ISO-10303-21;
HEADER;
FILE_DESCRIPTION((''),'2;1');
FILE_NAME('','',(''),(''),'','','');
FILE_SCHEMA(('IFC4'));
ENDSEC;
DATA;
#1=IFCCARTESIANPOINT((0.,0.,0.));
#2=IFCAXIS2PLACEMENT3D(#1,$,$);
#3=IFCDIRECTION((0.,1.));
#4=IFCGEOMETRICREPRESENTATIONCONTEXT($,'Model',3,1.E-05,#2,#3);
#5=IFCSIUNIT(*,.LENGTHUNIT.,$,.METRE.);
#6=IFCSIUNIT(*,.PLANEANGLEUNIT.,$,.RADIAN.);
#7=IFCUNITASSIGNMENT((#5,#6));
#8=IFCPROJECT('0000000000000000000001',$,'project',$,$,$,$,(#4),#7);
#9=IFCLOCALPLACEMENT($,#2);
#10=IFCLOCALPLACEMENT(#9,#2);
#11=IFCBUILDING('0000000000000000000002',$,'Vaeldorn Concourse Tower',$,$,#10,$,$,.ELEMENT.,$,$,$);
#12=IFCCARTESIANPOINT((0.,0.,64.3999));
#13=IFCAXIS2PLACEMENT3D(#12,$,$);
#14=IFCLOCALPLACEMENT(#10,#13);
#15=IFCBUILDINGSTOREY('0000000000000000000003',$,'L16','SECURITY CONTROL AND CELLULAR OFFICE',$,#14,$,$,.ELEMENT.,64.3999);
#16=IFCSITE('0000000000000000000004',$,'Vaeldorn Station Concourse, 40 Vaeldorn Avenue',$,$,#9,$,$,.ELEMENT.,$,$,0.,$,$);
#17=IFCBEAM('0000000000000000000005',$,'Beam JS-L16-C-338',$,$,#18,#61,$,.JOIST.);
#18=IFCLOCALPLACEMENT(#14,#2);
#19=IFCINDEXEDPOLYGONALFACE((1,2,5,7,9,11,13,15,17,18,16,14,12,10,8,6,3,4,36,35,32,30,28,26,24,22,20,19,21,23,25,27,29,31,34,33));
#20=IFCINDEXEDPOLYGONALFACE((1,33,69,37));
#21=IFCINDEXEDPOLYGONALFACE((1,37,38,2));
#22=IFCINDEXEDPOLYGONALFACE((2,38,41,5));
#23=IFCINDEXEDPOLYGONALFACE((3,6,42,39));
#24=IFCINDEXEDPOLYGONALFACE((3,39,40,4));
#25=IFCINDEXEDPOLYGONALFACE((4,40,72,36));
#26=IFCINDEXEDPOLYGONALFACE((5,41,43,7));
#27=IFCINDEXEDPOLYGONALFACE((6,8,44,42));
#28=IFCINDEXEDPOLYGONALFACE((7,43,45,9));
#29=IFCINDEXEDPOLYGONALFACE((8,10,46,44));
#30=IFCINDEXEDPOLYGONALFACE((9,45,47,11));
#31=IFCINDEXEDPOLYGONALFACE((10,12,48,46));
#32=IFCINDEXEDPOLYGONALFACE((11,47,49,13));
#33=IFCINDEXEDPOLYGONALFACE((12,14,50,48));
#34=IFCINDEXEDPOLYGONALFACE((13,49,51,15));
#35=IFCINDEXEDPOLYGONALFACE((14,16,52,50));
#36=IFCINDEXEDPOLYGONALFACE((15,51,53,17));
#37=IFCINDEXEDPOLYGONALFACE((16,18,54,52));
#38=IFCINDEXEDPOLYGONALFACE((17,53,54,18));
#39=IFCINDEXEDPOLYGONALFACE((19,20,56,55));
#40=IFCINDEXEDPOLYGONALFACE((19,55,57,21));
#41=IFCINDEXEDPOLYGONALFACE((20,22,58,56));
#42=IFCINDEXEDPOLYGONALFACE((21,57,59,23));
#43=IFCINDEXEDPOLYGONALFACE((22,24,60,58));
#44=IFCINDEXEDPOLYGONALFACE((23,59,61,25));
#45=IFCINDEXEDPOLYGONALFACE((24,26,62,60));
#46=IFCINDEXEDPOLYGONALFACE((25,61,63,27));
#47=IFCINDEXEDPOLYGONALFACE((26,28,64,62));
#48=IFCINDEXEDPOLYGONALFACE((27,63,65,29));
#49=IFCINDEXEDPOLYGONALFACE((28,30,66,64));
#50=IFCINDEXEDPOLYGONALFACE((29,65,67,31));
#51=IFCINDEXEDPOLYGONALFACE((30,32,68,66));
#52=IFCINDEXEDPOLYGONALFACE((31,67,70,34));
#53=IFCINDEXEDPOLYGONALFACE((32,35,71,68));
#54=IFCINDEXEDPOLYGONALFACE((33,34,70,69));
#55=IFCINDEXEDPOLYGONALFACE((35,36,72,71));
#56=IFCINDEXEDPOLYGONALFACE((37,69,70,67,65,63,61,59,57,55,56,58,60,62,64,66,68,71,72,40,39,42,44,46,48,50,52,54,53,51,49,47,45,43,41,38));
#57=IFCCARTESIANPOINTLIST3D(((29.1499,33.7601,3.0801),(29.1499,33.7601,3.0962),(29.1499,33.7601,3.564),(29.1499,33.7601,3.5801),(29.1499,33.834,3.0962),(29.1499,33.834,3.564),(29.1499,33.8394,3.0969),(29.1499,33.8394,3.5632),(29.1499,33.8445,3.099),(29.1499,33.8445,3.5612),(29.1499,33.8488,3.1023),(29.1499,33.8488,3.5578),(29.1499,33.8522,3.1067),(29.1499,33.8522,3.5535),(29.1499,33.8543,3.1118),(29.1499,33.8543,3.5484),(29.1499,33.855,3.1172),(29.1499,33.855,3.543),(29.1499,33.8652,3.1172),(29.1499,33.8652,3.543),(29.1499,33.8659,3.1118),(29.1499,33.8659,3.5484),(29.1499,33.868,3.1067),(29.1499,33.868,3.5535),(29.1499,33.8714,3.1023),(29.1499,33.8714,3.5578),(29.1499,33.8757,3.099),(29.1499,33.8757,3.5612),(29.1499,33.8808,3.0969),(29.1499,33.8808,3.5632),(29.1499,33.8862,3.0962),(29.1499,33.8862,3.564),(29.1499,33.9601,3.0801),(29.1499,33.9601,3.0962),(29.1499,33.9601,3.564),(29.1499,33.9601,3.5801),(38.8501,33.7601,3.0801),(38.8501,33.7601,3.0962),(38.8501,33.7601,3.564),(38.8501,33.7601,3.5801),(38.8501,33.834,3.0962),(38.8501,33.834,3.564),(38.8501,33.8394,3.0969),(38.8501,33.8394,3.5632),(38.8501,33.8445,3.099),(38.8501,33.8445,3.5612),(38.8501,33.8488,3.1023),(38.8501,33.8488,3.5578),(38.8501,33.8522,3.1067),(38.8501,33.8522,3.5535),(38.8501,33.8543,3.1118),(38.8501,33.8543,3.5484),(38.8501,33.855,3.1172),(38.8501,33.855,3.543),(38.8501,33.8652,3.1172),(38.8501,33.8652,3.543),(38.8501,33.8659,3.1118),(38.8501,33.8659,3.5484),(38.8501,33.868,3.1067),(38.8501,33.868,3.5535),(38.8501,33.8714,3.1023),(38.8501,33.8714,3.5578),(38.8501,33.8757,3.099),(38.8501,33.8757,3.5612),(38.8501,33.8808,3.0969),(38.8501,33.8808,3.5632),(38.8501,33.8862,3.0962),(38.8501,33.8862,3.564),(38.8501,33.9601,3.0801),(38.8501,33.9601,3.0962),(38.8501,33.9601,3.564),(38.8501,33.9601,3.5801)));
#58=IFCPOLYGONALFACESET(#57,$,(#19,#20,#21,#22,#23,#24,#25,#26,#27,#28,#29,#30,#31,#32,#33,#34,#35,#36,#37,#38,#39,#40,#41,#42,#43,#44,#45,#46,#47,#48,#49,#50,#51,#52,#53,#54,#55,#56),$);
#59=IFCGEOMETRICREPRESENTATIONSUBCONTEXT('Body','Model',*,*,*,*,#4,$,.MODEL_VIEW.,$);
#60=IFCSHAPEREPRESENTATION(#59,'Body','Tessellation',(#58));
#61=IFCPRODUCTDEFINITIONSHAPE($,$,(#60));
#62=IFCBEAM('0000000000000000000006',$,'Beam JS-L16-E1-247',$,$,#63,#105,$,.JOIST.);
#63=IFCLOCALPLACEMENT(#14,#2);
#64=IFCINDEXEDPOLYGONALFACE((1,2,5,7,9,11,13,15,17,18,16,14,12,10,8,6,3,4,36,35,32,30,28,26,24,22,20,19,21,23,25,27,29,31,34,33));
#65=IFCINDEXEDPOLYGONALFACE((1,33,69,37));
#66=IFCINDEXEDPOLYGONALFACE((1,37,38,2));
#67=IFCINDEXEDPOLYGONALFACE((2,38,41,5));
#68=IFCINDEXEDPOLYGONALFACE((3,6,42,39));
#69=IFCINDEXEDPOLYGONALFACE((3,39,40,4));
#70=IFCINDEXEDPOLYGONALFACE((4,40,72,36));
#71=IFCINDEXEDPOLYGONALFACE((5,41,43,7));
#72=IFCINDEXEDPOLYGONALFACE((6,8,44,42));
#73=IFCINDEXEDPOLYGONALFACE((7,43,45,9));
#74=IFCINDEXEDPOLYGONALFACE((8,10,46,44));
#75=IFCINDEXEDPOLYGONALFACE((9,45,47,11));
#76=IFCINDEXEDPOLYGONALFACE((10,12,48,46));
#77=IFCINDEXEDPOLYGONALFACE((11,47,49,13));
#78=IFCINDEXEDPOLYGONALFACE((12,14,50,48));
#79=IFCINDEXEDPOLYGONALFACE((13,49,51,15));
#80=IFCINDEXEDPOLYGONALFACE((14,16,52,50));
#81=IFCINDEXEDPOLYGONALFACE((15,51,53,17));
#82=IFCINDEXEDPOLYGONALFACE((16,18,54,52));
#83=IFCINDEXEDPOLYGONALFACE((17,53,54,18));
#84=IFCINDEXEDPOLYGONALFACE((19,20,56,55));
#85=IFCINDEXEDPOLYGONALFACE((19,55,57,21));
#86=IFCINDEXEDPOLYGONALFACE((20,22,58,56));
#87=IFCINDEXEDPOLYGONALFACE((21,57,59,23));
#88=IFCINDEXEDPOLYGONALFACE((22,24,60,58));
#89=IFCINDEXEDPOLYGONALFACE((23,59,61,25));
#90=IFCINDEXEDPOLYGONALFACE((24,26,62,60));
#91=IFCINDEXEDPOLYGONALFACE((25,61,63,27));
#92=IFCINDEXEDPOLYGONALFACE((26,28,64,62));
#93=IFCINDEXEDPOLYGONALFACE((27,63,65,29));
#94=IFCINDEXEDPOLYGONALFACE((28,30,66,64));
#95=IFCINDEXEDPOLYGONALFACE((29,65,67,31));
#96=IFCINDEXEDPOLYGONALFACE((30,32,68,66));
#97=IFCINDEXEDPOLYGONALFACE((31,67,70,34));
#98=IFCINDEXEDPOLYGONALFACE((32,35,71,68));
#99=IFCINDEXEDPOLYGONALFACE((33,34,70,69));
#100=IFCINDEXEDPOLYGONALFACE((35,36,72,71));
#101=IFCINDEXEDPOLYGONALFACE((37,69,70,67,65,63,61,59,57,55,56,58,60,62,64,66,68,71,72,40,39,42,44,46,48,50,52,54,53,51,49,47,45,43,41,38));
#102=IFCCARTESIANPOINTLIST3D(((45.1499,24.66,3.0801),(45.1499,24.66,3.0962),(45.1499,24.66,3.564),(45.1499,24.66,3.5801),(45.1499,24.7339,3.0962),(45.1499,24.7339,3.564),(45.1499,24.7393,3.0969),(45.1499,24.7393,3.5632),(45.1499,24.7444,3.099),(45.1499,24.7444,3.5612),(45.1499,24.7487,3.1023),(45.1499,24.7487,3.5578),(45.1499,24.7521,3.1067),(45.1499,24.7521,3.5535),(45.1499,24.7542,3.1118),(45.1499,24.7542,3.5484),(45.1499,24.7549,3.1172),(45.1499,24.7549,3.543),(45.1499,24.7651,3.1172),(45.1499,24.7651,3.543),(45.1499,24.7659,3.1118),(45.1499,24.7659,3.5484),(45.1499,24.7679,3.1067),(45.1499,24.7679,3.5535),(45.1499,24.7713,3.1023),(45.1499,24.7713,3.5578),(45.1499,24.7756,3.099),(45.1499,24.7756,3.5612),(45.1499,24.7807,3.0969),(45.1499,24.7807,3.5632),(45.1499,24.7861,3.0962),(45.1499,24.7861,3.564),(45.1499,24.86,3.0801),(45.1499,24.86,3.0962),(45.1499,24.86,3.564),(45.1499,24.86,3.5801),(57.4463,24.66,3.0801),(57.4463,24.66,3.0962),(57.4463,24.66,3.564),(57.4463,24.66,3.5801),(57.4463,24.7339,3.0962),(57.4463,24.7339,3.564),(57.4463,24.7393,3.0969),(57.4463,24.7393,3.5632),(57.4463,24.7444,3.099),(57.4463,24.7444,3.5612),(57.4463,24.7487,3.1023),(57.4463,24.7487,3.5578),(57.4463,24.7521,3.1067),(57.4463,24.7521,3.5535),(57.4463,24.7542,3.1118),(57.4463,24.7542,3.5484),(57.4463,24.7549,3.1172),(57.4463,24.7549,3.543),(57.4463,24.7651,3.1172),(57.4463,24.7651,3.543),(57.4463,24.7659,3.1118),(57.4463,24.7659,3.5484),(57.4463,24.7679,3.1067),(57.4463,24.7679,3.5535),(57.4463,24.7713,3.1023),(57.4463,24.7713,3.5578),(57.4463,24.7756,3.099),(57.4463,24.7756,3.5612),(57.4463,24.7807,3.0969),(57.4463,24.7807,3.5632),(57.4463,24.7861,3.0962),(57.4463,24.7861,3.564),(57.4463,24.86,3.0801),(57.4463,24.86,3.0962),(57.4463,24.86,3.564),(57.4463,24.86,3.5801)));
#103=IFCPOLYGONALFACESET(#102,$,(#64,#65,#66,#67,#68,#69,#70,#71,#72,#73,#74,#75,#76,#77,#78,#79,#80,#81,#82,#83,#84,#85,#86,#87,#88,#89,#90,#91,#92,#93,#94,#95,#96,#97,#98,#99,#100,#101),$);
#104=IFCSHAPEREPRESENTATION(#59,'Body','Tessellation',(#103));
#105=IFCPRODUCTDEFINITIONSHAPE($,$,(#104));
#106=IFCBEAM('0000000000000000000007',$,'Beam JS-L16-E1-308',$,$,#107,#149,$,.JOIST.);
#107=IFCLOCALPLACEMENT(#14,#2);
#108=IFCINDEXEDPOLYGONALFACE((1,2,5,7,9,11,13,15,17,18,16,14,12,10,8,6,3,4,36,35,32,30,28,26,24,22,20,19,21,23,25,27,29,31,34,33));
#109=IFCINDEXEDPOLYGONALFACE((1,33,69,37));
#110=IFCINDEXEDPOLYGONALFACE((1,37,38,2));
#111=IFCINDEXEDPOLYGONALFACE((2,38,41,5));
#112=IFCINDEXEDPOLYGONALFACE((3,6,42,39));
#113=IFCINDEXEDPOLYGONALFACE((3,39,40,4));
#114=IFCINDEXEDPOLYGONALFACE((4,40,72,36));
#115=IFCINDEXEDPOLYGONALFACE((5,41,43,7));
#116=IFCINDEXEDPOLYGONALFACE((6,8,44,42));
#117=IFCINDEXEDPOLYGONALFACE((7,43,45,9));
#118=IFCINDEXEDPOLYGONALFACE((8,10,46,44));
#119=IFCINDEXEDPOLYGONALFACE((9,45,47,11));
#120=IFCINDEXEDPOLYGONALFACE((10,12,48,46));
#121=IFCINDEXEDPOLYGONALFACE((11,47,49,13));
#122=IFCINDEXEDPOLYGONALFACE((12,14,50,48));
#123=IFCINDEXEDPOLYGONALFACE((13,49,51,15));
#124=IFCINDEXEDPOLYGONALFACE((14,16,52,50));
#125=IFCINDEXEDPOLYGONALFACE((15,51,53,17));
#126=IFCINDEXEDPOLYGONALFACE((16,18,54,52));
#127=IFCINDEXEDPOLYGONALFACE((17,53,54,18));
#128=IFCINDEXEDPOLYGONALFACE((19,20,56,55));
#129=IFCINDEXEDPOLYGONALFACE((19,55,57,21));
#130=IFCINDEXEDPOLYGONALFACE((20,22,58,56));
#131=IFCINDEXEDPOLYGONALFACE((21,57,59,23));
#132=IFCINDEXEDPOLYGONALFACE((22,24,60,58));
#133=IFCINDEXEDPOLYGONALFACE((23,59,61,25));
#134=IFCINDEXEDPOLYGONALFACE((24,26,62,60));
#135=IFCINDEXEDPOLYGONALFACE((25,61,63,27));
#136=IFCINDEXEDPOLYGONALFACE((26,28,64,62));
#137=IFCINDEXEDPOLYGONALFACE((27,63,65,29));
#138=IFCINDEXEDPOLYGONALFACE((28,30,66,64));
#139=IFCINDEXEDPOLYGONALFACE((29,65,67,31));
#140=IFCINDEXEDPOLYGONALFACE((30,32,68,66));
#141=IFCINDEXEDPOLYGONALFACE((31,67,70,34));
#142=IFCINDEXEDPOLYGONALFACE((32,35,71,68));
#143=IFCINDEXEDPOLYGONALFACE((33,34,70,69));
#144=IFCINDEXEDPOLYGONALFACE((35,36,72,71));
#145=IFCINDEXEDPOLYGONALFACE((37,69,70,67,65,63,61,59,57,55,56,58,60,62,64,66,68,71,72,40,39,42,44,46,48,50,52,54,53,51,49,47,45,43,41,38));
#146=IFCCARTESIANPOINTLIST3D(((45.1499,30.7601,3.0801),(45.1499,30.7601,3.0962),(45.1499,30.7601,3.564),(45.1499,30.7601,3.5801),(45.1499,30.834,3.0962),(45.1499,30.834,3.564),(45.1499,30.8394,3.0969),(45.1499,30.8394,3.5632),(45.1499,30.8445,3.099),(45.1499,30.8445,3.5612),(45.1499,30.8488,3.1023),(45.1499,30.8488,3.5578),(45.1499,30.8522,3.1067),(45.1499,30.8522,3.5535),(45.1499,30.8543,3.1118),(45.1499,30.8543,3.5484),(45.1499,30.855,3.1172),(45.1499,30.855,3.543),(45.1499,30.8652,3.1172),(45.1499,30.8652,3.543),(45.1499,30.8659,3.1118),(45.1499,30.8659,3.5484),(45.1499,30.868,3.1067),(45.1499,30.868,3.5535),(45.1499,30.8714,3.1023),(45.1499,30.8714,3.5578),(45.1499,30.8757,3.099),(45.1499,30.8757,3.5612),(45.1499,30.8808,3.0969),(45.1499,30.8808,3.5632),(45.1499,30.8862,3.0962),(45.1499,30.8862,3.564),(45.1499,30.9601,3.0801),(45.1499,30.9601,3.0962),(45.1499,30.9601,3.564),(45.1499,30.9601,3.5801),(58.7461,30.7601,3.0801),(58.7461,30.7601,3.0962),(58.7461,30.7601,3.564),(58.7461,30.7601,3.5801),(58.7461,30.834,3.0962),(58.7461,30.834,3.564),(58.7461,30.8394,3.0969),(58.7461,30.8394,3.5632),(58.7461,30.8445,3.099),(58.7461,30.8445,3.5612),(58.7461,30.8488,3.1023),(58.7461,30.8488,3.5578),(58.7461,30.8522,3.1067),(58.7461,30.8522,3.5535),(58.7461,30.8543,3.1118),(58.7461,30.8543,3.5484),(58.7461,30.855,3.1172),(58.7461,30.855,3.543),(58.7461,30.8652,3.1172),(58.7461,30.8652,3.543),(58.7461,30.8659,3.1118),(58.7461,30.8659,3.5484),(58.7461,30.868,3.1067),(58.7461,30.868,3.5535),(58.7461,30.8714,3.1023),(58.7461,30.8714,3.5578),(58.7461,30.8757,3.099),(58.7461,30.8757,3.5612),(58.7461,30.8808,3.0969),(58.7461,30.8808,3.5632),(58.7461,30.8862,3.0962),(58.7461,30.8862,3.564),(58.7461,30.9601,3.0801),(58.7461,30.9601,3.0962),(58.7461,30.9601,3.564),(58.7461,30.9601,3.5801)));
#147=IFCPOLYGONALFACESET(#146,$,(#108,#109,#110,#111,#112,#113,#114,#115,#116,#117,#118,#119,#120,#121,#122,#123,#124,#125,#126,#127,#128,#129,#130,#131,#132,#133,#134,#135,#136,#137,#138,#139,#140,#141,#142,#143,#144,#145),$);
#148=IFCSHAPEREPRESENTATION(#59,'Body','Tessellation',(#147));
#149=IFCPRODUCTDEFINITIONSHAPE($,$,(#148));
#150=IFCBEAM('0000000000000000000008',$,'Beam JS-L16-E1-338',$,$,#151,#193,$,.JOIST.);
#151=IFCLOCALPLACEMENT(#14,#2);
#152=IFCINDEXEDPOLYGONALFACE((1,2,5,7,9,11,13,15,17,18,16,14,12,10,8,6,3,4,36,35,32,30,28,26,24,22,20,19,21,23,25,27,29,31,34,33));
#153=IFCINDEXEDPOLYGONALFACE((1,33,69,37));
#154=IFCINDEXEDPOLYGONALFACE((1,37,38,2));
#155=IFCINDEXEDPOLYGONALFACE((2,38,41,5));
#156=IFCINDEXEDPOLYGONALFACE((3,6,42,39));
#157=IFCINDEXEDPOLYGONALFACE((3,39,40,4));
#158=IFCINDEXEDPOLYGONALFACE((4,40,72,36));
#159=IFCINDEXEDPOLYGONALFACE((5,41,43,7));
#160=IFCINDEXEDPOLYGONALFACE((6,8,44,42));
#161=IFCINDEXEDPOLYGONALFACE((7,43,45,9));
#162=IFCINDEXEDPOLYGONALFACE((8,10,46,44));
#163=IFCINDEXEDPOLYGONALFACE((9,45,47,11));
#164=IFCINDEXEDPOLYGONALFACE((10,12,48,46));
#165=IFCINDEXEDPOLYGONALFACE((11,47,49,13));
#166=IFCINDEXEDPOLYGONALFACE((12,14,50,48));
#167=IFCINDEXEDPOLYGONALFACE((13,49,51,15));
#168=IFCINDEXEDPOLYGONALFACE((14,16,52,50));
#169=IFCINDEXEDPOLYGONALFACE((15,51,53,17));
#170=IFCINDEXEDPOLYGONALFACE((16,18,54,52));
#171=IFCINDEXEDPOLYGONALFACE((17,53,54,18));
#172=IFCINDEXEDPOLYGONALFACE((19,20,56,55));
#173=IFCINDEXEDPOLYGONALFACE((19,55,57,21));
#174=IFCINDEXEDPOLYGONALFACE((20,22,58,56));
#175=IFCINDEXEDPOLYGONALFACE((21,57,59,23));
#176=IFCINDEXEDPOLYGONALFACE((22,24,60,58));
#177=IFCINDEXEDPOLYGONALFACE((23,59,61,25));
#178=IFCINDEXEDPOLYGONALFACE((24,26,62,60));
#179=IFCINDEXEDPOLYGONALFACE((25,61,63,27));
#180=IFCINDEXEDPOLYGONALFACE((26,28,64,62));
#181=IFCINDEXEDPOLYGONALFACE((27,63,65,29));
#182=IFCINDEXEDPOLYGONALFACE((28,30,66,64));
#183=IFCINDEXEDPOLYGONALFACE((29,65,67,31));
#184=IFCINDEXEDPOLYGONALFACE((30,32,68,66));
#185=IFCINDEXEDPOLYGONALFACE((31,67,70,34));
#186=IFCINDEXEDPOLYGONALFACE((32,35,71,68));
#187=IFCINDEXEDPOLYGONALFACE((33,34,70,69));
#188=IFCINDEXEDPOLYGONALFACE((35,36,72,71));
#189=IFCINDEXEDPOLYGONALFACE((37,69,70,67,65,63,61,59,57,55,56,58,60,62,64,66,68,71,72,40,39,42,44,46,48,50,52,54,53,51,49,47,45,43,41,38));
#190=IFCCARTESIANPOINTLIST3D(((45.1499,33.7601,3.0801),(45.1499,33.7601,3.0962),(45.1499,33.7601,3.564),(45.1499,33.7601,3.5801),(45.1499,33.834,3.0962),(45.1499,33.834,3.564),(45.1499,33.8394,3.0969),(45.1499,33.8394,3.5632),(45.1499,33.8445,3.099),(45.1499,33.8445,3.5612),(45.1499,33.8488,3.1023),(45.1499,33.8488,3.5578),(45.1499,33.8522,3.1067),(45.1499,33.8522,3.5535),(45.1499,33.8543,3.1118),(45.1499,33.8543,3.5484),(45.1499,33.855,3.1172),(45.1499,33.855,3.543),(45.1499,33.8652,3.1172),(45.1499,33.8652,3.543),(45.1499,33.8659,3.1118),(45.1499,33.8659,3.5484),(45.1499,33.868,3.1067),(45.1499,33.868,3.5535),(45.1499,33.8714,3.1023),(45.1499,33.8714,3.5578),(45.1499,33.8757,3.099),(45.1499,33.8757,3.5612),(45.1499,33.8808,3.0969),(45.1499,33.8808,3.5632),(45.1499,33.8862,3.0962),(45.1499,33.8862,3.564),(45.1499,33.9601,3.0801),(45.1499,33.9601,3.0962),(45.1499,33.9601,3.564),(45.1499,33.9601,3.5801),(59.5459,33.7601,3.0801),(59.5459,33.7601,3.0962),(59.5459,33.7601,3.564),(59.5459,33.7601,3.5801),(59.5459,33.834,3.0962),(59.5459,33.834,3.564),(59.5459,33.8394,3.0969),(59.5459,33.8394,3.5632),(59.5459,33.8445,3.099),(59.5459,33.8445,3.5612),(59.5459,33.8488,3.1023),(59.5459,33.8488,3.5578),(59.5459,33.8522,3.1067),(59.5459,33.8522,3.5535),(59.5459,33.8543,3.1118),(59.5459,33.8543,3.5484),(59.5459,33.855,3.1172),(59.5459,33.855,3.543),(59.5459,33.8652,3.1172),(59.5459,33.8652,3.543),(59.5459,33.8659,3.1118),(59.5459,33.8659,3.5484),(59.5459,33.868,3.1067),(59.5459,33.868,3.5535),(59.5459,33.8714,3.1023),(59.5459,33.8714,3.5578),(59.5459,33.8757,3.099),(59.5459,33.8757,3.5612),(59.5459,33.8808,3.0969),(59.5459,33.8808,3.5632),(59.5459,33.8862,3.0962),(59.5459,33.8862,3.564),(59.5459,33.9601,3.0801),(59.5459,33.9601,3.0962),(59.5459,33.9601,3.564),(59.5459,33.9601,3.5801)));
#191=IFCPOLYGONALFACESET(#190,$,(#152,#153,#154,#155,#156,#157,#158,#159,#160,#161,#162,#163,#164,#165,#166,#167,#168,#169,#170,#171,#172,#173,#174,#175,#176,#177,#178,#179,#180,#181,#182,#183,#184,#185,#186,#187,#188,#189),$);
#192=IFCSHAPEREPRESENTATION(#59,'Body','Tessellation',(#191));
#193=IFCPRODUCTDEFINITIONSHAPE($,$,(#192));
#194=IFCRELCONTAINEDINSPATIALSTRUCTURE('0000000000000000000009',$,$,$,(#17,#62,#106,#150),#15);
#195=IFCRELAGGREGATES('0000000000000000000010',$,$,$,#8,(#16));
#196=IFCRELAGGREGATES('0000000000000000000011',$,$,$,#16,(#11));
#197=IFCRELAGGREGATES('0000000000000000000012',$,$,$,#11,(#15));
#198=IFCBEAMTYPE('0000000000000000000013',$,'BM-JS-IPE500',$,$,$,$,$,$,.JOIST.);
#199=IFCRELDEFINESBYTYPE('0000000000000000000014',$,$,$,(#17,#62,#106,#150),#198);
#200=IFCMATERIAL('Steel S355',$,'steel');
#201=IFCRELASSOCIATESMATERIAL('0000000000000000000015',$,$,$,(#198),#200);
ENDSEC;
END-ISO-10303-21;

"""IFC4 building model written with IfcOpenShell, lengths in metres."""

from ifc_helpers import new_model, si_unit, direction, frame, origin, origin_2d, place, context, subcontext, project, spatial, i_section, extrude, source, transform, mapped, material, material_profile, profile_set, type_object, element, save


model = new_model("IFC4")

# Units and contexts
model_context = context("Model", 3, precision=1e-05, world=origin(), true_north=direction((0.0, 1.0)))
body_context = subcontext(model_context, "Body", "Model", "MODEL_VIEW")
ifc_project = project(units=[si_unit("LENGTHUNIT", "METRE"), si_unit("PLANEANGLEUNIT", "RADIAN")], contexts=[model_context])

# Site, building, storey
site_placement = place(None, origin())
site = spatial("IfcSite", under=ifc_project, at=site_placement, Name="Vaeldorn Station Concourse, 40 Vaeldorn Avenue", CompositionType="ELEMENT", RefElevation=0.0)
building_placement = place(site_placement, origin())
building = spatial("IfcBuilding", under=site, at=building_placement, Name="Vaeldorn Concourse Tower", CompositionType="ELEMENT")
storey_placement = place(building_placement, frame((0.0, 0.0, 64.3999)))
storey = spatial("IfcBuildingStorey", under=building, at=storey_placement, Name="L16", Description="SECURITY CONTROL AND CELLULAR OFFICE", CompositionType="ELEMENT", Elevation=64.3999)

# Beams
ifc_material_1 = material(Name="Steel S355", Category="steel")
ifc_material_profile_1 = material_profile(ifc_material_1, i_section(OverallWidth=0.2, OverallDepth=0.5, WebThickness=0.0103, FlangeThickness=0.0161, FilletRadius=0.021, at=origin_2d()), Name="IPE 500")
ifc_profile_set_1 = profile_set([ifc_material_profile_1], Name="Steel S355")
beam_type_1 = type_object("IfcBeamType", Name="BM-JS-IPE500", PredefinedType="JOIST", material=ifc_profile_set_1)
shared_shape_1 = source(origin(), body_context, "Body", "SweptSolid", [
    extrude(i_section(OverallWidth=0.2, OverallDepth=0.5, WebThickness=0.0103, FlangeThickness=0.0161, FilletRadius=0.021, at=origin_2d()), origin(), (0.0, 0.0, 1.0), 9.7002),
])
for number, where, z_axis, x_axis, name in (
    (1, (29.1499, 33.8601, 3.3301), (1.0, 0.0, 0.0), (0.0, 1.0, 0.0), "Beam JS-L16-C-338"),
):
    element("IfcBeam", number, at=place(storey_placement, frame(where, z_axis=z_axis, x_axis=x_axis)), inside=storey, type_object=beam_type_1, Name=name, PredefinedType="JOIST", context=body_context, shape_type="MappedRepresentation", body=[
        mapped(shared_shape_1, transform((0.0, 0.0, 0.0), scale=1.0)),
    ])
shared_shape_2 = source(origin(), body_context, "Body", "SweptSolid", [
    extrude(i_section(OverallWidth=0.2, OverallDepth=0.5, WebThickness=0.0103, FlangeThickness=0.0161, FilletRadius=0.021, at=origin_2d()), origin(), (0.0, 0.0, 1.0), 12.2964),
])
beam_1_placement = place(storey_placement, frame((45.1499, 24.76, 3.3301), z_axis=(1.0, 0.0, 0.0), x_axis=(0.0, 1.0, 0.0)))
element("IfcBeam", 2, at=beam_1_placement, inside=storey, type_object=beam_type_1, Name="Beam JS-L16-E1-247", PredefinedType="JOIST", context=body_context, shape_type="MappedRepresentation", body=[
    mapped(shared_shape_2, transform((0.0, 0.0, 0.0), scale=1.0)),
])
shared_shape_3 = source(origin(), body_context, "Body", "SweptSolid", [
    extrude(i_section(OverallWidth=0.2, OverallDepth=0.5, WebThickness=0.0103, FlangeThickness=0.0161, FilletRadius=0.021, at=origin_2d()), origin(), (0.0, 0.0, 1.0), 13.5962),
])
beam_2_placement = place(storey_placement, frame((45.1499, 30.8601, 3.3301), z_axis=(1.0, 0.0, 0.0), x_axis=(0.0, 1.0, 0.0)))
element("IfcBeam", 3, at=beam_2_placement, inside=storey, type_object=beam_type_1, Name="Beam JS-L16-E1-308", PredefinedType="JOIST", context=body_context, shape_type="MappedRepresentation", body=[
    mapped(shared_shape_3, transform((0.0, 0.0, 0.0), scale=1.0)),
])
shared_shape_4 = source(origin(), body_context, "Body", "SweptSolid", [
    extrude(i_section(OverallWidth=0.2, OverallDepth=0.5, WebThickness=0.0103, FlangeThickness=0.0161, FilletRadius=0.021, at=origin_2d()), origin(), (0.0, 0.0, 1.0), 14.396),
])
beam_3_placement = place(storey_placement, frame((45.1499, 33.8601, 3.3301), z_axis=(1.0, 0.0, 0.0), x_axis=(0.0, 1.0, 0.0)))
element("IfcBeam", 4, at=beam_3_placement, inside=storey, type_object=beam_type_1, Name="Beam JS-L16-E1-338", PredefinedType="JOIST", context=body_context, shape_type="MappedRepresentation", body=[
    mapped(shared_shape_4, transform((0.0, 0.0, 0.0), scale=1.0)),
])

save(model, "model.ifc")
